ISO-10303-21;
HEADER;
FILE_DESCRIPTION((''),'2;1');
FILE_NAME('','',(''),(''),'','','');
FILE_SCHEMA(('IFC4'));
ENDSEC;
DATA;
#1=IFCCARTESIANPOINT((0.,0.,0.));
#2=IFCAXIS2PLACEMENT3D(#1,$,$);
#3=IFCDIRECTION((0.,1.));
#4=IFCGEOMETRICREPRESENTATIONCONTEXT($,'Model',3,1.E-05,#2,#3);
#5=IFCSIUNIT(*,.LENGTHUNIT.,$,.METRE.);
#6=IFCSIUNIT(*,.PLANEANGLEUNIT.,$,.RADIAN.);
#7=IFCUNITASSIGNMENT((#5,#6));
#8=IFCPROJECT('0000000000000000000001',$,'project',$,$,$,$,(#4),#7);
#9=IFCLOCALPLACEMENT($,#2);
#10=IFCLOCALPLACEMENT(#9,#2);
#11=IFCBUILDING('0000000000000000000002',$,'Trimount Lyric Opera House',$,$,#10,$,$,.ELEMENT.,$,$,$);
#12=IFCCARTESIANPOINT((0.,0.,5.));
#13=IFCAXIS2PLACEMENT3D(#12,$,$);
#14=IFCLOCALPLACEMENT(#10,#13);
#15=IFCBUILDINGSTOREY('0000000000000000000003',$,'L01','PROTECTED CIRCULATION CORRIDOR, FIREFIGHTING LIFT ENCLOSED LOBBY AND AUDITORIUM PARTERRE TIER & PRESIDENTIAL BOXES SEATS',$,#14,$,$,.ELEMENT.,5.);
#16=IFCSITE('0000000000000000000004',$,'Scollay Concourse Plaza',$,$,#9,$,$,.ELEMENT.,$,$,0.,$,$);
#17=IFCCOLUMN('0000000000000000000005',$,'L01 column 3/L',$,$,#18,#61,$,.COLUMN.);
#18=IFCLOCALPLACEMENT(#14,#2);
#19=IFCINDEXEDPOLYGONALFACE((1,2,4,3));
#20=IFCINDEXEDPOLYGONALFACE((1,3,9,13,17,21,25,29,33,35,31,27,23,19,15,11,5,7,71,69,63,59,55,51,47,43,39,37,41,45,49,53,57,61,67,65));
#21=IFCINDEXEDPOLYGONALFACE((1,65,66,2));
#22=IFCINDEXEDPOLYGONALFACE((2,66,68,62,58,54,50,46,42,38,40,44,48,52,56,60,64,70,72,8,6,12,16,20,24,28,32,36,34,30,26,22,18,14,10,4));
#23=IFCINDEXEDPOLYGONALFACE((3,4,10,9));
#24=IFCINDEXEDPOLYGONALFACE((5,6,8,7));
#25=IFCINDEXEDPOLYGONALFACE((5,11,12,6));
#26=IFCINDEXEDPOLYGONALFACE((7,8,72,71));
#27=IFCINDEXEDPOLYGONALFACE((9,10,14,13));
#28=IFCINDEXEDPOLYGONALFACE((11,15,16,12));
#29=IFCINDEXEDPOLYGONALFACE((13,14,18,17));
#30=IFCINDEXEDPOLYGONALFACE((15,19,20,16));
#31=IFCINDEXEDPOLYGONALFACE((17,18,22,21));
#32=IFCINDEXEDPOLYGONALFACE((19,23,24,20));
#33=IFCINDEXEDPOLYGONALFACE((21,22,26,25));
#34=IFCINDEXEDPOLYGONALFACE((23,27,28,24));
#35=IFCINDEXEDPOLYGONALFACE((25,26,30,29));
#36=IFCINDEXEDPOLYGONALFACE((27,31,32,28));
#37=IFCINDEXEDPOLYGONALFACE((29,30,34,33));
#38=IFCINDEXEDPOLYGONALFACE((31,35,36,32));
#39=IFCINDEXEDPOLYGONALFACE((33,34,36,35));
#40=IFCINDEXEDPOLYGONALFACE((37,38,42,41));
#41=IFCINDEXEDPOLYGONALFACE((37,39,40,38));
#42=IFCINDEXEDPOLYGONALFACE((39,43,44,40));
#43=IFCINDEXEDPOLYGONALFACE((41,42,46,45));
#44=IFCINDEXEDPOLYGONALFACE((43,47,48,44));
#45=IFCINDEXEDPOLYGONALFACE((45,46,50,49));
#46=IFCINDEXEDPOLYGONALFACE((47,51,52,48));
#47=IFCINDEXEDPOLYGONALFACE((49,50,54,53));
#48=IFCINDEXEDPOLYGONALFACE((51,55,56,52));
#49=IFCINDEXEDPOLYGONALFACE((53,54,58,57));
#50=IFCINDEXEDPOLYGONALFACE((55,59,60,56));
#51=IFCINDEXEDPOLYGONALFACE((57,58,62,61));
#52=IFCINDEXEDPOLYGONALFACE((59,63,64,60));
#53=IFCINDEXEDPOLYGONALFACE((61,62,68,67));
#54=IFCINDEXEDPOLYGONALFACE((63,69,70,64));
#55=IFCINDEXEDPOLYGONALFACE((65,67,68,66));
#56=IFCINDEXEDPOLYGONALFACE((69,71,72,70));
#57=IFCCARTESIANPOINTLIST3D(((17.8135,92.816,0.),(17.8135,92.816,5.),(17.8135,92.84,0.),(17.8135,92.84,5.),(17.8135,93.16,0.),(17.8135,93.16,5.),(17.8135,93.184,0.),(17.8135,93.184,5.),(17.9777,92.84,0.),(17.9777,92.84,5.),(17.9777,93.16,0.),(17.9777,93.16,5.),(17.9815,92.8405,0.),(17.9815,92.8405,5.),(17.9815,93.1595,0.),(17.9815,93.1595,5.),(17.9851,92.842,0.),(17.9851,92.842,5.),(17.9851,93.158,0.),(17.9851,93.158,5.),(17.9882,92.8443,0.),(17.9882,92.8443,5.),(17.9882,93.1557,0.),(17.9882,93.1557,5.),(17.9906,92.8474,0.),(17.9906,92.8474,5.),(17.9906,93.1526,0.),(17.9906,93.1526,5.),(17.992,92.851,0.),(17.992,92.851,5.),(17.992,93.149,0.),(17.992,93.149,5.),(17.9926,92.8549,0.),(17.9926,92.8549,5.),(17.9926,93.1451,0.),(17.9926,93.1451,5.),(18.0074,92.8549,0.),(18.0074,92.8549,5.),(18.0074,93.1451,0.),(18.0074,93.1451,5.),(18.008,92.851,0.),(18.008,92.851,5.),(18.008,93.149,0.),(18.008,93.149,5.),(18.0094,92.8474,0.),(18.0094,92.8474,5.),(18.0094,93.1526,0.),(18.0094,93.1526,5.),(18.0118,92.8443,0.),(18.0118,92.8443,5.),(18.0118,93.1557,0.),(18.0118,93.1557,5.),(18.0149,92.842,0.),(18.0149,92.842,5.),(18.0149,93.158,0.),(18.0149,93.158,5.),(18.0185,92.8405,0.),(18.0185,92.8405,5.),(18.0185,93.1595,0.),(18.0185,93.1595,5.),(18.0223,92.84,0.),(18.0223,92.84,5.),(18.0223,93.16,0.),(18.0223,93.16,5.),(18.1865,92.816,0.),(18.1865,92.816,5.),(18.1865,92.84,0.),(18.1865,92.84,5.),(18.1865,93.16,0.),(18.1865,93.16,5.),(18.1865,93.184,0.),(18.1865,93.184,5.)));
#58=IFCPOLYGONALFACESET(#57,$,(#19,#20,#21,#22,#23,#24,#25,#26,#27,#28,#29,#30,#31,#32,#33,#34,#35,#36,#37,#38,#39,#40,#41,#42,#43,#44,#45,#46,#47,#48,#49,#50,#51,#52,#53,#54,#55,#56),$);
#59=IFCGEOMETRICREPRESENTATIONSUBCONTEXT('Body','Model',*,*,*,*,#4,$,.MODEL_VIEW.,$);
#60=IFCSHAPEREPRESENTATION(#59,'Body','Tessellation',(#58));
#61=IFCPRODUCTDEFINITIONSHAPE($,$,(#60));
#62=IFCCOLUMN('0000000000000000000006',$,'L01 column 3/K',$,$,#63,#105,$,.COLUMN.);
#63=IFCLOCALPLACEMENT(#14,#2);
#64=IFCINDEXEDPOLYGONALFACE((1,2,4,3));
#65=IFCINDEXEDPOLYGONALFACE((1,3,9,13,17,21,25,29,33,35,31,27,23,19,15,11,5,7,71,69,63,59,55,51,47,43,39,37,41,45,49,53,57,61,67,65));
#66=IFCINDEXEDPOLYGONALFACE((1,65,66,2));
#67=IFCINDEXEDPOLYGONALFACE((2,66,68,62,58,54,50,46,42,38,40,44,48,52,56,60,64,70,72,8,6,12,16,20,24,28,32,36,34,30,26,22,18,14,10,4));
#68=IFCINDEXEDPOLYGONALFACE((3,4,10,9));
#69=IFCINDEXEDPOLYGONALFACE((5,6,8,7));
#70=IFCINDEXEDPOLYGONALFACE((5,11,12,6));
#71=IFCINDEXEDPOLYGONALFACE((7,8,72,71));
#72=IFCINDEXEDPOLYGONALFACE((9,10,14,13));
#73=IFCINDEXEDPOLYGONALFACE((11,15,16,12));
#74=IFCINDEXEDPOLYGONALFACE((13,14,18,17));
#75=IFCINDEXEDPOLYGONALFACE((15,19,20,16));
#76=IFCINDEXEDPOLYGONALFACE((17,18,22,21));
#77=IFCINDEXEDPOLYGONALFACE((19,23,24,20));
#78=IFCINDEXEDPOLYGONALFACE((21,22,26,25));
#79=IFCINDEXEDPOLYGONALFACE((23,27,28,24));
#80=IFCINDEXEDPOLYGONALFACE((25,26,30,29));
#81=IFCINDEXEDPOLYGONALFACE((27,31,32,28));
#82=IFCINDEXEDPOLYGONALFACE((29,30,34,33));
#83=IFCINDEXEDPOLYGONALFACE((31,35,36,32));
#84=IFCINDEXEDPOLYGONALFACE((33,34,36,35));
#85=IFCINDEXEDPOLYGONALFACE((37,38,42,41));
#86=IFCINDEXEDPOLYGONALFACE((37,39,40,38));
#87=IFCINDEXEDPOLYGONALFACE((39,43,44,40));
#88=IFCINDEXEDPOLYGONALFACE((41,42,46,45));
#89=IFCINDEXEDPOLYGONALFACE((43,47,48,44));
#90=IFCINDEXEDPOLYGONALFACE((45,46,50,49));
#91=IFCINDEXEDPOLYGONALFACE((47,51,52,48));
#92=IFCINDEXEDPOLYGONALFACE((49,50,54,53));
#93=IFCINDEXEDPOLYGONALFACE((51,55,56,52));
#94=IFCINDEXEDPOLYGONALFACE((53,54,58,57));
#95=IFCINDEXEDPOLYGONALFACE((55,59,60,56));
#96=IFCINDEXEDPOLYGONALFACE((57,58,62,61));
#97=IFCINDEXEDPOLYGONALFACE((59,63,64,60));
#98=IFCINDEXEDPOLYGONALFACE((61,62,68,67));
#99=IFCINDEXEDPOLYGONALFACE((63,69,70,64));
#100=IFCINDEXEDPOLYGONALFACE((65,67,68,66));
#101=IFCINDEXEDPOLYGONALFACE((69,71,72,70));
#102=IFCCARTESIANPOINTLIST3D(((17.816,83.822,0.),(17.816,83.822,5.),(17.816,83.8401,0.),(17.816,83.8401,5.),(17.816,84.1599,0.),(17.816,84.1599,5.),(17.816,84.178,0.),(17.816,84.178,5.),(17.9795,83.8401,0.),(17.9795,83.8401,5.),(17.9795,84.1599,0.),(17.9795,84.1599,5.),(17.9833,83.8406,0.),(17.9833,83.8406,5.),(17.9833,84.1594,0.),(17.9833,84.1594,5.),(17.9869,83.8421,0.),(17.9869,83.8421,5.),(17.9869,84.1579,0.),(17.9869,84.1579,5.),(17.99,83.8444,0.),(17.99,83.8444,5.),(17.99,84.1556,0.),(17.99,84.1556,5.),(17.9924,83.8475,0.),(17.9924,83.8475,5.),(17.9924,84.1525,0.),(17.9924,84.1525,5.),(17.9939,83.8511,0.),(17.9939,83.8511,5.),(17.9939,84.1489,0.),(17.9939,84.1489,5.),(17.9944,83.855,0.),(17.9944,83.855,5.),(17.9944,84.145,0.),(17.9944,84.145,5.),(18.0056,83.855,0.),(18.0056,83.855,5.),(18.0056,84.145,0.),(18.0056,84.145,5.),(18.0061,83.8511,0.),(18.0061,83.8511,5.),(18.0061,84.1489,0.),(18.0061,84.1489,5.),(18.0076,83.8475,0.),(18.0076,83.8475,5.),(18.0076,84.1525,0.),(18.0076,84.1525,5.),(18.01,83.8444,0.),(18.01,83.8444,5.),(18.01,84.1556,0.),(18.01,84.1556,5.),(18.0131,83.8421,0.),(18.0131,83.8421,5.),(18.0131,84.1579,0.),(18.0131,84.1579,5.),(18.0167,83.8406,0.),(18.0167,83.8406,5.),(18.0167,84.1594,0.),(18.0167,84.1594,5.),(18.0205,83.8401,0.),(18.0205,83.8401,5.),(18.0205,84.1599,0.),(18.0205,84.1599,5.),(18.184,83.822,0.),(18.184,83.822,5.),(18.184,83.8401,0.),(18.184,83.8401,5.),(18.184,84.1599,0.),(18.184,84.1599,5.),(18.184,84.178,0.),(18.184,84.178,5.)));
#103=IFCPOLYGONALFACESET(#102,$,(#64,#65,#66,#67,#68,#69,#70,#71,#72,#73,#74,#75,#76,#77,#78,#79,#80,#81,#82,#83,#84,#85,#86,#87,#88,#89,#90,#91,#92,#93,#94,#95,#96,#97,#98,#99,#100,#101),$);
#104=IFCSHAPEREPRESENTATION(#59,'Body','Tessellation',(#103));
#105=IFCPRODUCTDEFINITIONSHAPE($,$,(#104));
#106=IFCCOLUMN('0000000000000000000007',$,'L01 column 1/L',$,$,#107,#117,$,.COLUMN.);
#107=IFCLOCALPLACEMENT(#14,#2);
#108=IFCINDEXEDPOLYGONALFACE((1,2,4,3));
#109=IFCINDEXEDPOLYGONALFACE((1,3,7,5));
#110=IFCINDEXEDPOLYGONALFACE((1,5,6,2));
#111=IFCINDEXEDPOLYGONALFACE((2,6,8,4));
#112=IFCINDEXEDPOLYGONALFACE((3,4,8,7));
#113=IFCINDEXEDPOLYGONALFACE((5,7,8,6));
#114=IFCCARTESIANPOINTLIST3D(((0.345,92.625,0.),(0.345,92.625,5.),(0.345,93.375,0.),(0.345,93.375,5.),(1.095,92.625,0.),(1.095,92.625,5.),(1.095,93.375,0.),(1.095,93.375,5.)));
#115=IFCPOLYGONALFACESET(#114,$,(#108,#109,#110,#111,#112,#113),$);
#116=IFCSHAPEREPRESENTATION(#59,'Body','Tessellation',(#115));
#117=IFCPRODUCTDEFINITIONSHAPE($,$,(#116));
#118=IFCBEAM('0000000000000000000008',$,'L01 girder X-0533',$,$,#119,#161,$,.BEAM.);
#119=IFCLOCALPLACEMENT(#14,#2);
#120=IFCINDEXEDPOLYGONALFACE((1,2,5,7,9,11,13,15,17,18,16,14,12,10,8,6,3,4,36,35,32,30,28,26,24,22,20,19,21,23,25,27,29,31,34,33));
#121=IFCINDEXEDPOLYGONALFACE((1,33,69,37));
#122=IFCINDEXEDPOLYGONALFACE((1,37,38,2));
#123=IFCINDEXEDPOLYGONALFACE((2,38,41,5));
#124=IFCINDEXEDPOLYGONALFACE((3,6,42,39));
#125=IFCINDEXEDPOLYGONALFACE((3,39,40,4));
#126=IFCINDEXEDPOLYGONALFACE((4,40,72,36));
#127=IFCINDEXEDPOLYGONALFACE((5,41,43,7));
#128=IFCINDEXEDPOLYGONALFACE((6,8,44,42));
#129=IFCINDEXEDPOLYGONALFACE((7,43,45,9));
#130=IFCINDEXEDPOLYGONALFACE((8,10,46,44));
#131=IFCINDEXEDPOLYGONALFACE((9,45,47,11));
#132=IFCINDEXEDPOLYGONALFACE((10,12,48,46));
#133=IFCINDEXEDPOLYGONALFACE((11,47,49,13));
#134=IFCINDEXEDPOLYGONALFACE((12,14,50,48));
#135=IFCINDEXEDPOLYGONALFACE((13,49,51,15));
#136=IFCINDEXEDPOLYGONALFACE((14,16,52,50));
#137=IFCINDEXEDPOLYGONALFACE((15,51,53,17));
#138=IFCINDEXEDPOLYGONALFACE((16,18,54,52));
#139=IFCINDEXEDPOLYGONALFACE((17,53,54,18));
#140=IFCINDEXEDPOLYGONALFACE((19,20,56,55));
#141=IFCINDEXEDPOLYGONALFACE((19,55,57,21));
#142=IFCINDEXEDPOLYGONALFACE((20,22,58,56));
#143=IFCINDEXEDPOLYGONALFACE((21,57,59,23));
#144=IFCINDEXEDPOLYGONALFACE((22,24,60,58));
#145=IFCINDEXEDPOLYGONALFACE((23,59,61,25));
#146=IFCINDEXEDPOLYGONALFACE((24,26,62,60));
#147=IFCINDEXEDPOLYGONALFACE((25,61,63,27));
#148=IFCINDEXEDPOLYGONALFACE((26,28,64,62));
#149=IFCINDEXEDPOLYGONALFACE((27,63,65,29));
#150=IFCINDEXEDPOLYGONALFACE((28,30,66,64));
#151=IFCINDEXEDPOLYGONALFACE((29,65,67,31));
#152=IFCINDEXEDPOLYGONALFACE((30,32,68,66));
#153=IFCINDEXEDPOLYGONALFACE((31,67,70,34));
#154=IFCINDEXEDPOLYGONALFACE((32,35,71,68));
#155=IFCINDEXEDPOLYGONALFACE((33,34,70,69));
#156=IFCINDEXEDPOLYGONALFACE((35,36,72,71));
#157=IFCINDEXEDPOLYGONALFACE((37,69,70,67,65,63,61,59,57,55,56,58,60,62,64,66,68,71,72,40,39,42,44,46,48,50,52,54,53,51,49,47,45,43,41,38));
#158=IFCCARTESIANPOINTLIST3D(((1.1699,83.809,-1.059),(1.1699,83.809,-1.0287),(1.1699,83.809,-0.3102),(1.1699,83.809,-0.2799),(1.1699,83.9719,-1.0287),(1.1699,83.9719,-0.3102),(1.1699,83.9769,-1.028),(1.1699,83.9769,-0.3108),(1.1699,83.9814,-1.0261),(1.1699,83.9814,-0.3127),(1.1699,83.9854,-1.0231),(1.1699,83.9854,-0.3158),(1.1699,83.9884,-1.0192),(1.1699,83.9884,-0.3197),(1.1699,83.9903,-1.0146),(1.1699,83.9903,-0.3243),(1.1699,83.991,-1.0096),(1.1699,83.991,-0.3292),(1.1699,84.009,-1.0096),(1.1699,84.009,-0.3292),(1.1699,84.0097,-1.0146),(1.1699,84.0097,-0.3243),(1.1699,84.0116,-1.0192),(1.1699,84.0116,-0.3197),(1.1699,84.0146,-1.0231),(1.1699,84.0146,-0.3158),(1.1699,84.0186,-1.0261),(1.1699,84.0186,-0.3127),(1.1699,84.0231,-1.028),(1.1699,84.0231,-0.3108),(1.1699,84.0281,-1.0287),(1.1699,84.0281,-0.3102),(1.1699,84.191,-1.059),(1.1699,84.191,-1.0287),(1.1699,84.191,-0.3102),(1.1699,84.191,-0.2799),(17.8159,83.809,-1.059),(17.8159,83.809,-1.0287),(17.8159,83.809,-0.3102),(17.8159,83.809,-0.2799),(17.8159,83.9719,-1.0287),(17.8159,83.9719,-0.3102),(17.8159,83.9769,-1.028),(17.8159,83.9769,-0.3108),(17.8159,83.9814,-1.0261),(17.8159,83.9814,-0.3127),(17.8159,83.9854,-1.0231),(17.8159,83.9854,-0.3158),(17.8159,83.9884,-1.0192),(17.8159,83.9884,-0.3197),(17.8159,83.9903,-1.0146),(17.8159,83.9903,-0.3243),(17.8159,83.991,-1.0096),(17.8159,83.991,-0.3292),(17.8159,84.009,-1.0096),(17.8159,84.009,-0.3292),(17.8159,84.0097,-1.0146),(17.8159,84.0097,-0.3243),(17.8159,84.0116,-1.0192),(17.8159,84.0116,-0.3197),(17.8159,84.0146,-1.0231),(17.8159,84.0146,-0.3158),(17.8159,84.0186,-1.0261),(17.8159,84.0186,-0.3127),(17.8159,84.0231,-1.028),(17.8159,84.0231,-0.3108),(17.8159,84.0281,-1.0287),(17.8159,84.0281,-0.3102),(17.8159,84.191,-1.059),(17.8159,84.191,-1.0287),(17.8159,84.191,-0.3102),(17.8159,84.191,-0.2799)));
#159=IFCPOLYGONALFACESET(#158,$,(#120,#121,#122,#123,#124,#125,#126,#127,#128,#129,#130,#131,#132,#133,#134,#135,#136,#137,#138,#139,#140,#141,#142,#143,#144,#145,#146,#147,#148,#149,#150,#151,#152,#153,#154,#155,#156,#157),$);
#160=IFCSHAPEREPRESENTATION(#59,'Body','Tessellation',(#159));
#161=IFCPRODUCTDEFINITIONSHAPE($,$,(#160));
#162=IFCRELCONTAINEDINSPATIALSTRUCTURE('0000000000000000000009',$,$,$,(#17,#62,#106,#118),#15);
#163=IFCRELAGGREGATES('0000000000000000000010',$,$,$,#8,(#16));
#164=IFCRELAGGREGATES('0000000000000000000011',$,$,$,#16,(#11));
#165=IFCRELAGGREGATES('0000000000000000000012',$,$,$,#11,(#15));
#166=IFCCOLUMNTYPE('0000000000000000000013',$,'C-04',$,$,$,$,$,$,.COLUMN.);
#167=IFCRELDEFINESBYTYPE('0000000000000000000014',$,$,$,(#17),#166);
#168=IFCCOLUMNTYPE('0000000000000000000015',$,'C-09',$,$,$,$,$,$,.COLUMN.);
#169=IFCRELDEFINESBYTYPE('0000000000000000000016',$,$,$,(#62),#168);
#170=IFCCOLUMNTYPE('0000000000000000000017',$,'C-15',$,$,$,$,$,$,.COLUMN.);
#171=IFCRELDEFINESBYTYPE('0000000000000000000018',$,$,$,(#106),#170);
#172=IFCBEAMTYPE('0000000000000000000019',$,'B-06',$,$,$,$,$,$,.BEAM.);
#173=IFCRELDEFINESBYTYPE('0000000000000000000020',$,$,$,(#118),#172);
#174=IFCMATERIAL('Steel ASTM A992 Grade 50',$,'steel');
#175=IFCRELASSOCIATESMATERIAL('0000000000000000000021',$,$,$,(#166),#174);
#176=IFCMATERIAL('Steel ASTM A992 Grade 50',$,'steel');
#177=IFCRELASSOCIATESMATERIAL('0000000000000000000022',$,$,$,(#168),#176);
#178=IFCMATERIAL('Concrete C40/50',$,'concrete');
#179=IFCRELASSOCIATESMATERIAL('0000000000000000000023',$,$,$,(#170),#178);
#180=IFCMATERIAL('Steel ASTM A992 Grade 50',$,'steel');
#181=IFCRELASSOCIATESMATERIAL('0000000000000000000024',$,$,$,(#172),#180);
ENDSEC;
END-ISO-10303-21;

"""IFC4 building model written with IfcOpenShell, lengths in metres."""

from ifc_helpers import new_model, si_unit, direction, frame, origin, origin_2d, place, context, subcontext, project, spatial, rectangle, i_section, extrude, material, material_profile, profile_set, type_object, element, save


model = new_model("IFC4")

# Units and contexts
model_context = context("Model", 3, precision=1e-05, world=origin(), true_north=direction((0.0, 1.0)))
body_context = subcontext(model_context, "Body", "Model", "MODEL_VIEW")
ifc_project = project(units=[si_unit("LENGTHUNIT", "METRE"), si_unit("PLANEANGLEUNIT", "RADIAN")], contexts=[model_context])

# Site, building, storey
site_placement = place(None, origin())
site = spatial("IfcSite", under=ifc_project, at=site_placement, Name="Scollay Concourse Plaza", CompositionType="ELEMENT", RefElevation=0.0)
building_placement = place(site_placement, origin())
building = spatial("IfcBuilding", under=site, at=building_placement, Name="Trimount Lyric Opera House", CompositionType="ELEMENT")
storey_placement = place(building_placement, frame((0.0, 0.0, 5.0)))
storey = spatial("IfcBuildingStorey", under=building, at=storey_placement, Name="L01", Description="PROTECTED CIRCULATION CORRIDOR, FIREFIGHTING LIFT ENCLOSED LOBBY AND AUDITORIUM PARTERRE TIER & PRESIDENTIAL BOXES SEATS", CompositionType="ELEMENT", Elevation=5.0)

# Columns
ifc_material_1 = material(Name="Steel ASTM A992 Grade 50", Category="steel")
ifc_material_profile_1 = material_profile(ifc_material_1, i_section(OverallWidth=0.373, OverallDepth=0.3679, WebThickness=0.0149, FlangeThickness=0.0239, FilletRadius=0.0149, at=origin_2d()), Name="W14X120")
ifc_profile_set_1 = profile_set([ifc_material_profile_1], Name="Steel ASTM A992 Grade 50")
column_type_1 = type_object("IfcColumnType", Name="C-04", PredefinedType="COLUMN", material=ifc_profile_set_1)
column_1_placement = place(storey_placement, frame((18.0, 93.0, 0.0), z_axis=(0.0, 0.0, 1.0), x_axis=(1.0, 0.0, 0.0)))
element("IfcColumn", 1, at=column_1_placement, inside=storey, type_object=column_type_1, Name="L01 column 3/L", PredefinedType="COLUMN", context=body_context, shape_type="SweptSolid", body=[
    extrude(i_section(OverallWidth=0.373, OverallDepth=0.3679, WebThickness=0.0149, FlangeThickness=0.0239, FilletRadius=0.0149, at=origin_2d()), origin(), (0.0, 0.0, 1.0), 5.0),
])
ifc_material_2 = material(Name="Steel ASTM A992 Grade 50", Category="steel")
ifc_material_profile_2 = material_profile(ifc_material_2, i_section(OverallWidth=0.3679, OverallDepth=0.356, WebThickness=0.0112, FlangeThickness=0.0181, FilletRadius=0.0149, at=origin_2d()), Name="W14X90")
ifc_profile_set_2 = profile_set([ifc_material_profile_2], Name="Steel ASTM A992 Grade 50")
column_type_2 = type_object("IfcColumnType", Name="C-09", PredefinedType="COLUMN", material=ifc_profile_set_2)
column_2_placement = place(storey_placement, frame((18.0, 84.0, 0.0), z_axis=(0.0, 0.0, 1.0), x_axis=(1.0, 0.0, 0.0)))
element("IfcColumn", 2, at=column_2_placement, inside=storey, type_object=column_type_2, Name="L01 column 3/K", PredefinedType="COLUMN", context=body_context, shape_type="SweptSolid", body=[
    extrude(i_section(OverallWidth=0.3679, OverallDepth=0.356, WebThickness=0.0112, FlangeThickness=0.0181, FilletRadius=0.0149, at=origin_2d()), origin(), (0.0, 0.0, 1.0), 5.0),
])
ifc_material_3 = material(Name="Concrete C40/50", Category="concrete")
ifc_material_profile_3 = material_profile(ifc_material_3, rectangle(XDim=0.75, YDim=0.75, at=origin_2d()), Name="RC750X750")
ifc_profile_set_3 = profile_set([ifc_material_profile_3], Name="Concrete C40/50")
column_type_3 = type_object("IfcColumnType", Name="C-15", PredefinedType="COLUMN", material=ifc_profile_set_3)
column_3_placement = place(storey_placement, frame((0.72, 93.0, 0.0), z_axis=(0.0, 0.0, 1.0), x_axis=(1.0, 0.0, 0.0)))
element("IfcColumn", 3, at=column_3_placement, inside=storey, type_object=column_type_3, Name="L01 column 1/L", PredefinedType="COLUMN", context=body_context, shape_type="SweptSolid", body=[
    extrude(rectangle(XDim=0.75, YDim=0.75, at=origin_2d()), origin(), (0.0, 0.0, 1.0), 5.0),
])

# Beam
ifc_material_4 = material(Name="Steel ASTM A992 Grade 50", Category="steel")
ifc_material_profile_4 = material_profile(ifc_material_4, i_section(OverallWidth=0.3821, OverallDepth=0.7791, WebThickness=0.0181, FlangeThickness=0.0303, FilletRadius=0.019, at=origin_2d()), Name="W30X191")
ifc_profile_set_4 = profile_set([ifc_material_profile_4], Name="Steel ASTM A992 Grade 50")
beam_type_1 = type_object("IfcBeamType", Name="B-06", PredefinedType="BEAM", material=ifc_profile_set_4)
beam_1_placement = place(storey_placement, frame((1.1699, 84.0, -0.6694), z_axis=(1.0, 0.0, 0.0), x_axis=(0.0, 1.0, 0.0)))
element("IfcBeam", 4, at=beam_1_placement, inside=storey, type_object=beam_type_1, Name="L01 girder X-0533", PredefinedType="BEAM", context=body_context, shape_type="SweptSolid", body=[
    extrude(i_section(OverallWidth=0.3821, OverallDepth=0.7791, WebThickness=0.0181, FlangeThickness=0.0303, FilletRadius=0.019, at=origin_2d()), origin(), (0.0, 0.0, 1.0), 16.646),
])

save(model, "model.ifc")
